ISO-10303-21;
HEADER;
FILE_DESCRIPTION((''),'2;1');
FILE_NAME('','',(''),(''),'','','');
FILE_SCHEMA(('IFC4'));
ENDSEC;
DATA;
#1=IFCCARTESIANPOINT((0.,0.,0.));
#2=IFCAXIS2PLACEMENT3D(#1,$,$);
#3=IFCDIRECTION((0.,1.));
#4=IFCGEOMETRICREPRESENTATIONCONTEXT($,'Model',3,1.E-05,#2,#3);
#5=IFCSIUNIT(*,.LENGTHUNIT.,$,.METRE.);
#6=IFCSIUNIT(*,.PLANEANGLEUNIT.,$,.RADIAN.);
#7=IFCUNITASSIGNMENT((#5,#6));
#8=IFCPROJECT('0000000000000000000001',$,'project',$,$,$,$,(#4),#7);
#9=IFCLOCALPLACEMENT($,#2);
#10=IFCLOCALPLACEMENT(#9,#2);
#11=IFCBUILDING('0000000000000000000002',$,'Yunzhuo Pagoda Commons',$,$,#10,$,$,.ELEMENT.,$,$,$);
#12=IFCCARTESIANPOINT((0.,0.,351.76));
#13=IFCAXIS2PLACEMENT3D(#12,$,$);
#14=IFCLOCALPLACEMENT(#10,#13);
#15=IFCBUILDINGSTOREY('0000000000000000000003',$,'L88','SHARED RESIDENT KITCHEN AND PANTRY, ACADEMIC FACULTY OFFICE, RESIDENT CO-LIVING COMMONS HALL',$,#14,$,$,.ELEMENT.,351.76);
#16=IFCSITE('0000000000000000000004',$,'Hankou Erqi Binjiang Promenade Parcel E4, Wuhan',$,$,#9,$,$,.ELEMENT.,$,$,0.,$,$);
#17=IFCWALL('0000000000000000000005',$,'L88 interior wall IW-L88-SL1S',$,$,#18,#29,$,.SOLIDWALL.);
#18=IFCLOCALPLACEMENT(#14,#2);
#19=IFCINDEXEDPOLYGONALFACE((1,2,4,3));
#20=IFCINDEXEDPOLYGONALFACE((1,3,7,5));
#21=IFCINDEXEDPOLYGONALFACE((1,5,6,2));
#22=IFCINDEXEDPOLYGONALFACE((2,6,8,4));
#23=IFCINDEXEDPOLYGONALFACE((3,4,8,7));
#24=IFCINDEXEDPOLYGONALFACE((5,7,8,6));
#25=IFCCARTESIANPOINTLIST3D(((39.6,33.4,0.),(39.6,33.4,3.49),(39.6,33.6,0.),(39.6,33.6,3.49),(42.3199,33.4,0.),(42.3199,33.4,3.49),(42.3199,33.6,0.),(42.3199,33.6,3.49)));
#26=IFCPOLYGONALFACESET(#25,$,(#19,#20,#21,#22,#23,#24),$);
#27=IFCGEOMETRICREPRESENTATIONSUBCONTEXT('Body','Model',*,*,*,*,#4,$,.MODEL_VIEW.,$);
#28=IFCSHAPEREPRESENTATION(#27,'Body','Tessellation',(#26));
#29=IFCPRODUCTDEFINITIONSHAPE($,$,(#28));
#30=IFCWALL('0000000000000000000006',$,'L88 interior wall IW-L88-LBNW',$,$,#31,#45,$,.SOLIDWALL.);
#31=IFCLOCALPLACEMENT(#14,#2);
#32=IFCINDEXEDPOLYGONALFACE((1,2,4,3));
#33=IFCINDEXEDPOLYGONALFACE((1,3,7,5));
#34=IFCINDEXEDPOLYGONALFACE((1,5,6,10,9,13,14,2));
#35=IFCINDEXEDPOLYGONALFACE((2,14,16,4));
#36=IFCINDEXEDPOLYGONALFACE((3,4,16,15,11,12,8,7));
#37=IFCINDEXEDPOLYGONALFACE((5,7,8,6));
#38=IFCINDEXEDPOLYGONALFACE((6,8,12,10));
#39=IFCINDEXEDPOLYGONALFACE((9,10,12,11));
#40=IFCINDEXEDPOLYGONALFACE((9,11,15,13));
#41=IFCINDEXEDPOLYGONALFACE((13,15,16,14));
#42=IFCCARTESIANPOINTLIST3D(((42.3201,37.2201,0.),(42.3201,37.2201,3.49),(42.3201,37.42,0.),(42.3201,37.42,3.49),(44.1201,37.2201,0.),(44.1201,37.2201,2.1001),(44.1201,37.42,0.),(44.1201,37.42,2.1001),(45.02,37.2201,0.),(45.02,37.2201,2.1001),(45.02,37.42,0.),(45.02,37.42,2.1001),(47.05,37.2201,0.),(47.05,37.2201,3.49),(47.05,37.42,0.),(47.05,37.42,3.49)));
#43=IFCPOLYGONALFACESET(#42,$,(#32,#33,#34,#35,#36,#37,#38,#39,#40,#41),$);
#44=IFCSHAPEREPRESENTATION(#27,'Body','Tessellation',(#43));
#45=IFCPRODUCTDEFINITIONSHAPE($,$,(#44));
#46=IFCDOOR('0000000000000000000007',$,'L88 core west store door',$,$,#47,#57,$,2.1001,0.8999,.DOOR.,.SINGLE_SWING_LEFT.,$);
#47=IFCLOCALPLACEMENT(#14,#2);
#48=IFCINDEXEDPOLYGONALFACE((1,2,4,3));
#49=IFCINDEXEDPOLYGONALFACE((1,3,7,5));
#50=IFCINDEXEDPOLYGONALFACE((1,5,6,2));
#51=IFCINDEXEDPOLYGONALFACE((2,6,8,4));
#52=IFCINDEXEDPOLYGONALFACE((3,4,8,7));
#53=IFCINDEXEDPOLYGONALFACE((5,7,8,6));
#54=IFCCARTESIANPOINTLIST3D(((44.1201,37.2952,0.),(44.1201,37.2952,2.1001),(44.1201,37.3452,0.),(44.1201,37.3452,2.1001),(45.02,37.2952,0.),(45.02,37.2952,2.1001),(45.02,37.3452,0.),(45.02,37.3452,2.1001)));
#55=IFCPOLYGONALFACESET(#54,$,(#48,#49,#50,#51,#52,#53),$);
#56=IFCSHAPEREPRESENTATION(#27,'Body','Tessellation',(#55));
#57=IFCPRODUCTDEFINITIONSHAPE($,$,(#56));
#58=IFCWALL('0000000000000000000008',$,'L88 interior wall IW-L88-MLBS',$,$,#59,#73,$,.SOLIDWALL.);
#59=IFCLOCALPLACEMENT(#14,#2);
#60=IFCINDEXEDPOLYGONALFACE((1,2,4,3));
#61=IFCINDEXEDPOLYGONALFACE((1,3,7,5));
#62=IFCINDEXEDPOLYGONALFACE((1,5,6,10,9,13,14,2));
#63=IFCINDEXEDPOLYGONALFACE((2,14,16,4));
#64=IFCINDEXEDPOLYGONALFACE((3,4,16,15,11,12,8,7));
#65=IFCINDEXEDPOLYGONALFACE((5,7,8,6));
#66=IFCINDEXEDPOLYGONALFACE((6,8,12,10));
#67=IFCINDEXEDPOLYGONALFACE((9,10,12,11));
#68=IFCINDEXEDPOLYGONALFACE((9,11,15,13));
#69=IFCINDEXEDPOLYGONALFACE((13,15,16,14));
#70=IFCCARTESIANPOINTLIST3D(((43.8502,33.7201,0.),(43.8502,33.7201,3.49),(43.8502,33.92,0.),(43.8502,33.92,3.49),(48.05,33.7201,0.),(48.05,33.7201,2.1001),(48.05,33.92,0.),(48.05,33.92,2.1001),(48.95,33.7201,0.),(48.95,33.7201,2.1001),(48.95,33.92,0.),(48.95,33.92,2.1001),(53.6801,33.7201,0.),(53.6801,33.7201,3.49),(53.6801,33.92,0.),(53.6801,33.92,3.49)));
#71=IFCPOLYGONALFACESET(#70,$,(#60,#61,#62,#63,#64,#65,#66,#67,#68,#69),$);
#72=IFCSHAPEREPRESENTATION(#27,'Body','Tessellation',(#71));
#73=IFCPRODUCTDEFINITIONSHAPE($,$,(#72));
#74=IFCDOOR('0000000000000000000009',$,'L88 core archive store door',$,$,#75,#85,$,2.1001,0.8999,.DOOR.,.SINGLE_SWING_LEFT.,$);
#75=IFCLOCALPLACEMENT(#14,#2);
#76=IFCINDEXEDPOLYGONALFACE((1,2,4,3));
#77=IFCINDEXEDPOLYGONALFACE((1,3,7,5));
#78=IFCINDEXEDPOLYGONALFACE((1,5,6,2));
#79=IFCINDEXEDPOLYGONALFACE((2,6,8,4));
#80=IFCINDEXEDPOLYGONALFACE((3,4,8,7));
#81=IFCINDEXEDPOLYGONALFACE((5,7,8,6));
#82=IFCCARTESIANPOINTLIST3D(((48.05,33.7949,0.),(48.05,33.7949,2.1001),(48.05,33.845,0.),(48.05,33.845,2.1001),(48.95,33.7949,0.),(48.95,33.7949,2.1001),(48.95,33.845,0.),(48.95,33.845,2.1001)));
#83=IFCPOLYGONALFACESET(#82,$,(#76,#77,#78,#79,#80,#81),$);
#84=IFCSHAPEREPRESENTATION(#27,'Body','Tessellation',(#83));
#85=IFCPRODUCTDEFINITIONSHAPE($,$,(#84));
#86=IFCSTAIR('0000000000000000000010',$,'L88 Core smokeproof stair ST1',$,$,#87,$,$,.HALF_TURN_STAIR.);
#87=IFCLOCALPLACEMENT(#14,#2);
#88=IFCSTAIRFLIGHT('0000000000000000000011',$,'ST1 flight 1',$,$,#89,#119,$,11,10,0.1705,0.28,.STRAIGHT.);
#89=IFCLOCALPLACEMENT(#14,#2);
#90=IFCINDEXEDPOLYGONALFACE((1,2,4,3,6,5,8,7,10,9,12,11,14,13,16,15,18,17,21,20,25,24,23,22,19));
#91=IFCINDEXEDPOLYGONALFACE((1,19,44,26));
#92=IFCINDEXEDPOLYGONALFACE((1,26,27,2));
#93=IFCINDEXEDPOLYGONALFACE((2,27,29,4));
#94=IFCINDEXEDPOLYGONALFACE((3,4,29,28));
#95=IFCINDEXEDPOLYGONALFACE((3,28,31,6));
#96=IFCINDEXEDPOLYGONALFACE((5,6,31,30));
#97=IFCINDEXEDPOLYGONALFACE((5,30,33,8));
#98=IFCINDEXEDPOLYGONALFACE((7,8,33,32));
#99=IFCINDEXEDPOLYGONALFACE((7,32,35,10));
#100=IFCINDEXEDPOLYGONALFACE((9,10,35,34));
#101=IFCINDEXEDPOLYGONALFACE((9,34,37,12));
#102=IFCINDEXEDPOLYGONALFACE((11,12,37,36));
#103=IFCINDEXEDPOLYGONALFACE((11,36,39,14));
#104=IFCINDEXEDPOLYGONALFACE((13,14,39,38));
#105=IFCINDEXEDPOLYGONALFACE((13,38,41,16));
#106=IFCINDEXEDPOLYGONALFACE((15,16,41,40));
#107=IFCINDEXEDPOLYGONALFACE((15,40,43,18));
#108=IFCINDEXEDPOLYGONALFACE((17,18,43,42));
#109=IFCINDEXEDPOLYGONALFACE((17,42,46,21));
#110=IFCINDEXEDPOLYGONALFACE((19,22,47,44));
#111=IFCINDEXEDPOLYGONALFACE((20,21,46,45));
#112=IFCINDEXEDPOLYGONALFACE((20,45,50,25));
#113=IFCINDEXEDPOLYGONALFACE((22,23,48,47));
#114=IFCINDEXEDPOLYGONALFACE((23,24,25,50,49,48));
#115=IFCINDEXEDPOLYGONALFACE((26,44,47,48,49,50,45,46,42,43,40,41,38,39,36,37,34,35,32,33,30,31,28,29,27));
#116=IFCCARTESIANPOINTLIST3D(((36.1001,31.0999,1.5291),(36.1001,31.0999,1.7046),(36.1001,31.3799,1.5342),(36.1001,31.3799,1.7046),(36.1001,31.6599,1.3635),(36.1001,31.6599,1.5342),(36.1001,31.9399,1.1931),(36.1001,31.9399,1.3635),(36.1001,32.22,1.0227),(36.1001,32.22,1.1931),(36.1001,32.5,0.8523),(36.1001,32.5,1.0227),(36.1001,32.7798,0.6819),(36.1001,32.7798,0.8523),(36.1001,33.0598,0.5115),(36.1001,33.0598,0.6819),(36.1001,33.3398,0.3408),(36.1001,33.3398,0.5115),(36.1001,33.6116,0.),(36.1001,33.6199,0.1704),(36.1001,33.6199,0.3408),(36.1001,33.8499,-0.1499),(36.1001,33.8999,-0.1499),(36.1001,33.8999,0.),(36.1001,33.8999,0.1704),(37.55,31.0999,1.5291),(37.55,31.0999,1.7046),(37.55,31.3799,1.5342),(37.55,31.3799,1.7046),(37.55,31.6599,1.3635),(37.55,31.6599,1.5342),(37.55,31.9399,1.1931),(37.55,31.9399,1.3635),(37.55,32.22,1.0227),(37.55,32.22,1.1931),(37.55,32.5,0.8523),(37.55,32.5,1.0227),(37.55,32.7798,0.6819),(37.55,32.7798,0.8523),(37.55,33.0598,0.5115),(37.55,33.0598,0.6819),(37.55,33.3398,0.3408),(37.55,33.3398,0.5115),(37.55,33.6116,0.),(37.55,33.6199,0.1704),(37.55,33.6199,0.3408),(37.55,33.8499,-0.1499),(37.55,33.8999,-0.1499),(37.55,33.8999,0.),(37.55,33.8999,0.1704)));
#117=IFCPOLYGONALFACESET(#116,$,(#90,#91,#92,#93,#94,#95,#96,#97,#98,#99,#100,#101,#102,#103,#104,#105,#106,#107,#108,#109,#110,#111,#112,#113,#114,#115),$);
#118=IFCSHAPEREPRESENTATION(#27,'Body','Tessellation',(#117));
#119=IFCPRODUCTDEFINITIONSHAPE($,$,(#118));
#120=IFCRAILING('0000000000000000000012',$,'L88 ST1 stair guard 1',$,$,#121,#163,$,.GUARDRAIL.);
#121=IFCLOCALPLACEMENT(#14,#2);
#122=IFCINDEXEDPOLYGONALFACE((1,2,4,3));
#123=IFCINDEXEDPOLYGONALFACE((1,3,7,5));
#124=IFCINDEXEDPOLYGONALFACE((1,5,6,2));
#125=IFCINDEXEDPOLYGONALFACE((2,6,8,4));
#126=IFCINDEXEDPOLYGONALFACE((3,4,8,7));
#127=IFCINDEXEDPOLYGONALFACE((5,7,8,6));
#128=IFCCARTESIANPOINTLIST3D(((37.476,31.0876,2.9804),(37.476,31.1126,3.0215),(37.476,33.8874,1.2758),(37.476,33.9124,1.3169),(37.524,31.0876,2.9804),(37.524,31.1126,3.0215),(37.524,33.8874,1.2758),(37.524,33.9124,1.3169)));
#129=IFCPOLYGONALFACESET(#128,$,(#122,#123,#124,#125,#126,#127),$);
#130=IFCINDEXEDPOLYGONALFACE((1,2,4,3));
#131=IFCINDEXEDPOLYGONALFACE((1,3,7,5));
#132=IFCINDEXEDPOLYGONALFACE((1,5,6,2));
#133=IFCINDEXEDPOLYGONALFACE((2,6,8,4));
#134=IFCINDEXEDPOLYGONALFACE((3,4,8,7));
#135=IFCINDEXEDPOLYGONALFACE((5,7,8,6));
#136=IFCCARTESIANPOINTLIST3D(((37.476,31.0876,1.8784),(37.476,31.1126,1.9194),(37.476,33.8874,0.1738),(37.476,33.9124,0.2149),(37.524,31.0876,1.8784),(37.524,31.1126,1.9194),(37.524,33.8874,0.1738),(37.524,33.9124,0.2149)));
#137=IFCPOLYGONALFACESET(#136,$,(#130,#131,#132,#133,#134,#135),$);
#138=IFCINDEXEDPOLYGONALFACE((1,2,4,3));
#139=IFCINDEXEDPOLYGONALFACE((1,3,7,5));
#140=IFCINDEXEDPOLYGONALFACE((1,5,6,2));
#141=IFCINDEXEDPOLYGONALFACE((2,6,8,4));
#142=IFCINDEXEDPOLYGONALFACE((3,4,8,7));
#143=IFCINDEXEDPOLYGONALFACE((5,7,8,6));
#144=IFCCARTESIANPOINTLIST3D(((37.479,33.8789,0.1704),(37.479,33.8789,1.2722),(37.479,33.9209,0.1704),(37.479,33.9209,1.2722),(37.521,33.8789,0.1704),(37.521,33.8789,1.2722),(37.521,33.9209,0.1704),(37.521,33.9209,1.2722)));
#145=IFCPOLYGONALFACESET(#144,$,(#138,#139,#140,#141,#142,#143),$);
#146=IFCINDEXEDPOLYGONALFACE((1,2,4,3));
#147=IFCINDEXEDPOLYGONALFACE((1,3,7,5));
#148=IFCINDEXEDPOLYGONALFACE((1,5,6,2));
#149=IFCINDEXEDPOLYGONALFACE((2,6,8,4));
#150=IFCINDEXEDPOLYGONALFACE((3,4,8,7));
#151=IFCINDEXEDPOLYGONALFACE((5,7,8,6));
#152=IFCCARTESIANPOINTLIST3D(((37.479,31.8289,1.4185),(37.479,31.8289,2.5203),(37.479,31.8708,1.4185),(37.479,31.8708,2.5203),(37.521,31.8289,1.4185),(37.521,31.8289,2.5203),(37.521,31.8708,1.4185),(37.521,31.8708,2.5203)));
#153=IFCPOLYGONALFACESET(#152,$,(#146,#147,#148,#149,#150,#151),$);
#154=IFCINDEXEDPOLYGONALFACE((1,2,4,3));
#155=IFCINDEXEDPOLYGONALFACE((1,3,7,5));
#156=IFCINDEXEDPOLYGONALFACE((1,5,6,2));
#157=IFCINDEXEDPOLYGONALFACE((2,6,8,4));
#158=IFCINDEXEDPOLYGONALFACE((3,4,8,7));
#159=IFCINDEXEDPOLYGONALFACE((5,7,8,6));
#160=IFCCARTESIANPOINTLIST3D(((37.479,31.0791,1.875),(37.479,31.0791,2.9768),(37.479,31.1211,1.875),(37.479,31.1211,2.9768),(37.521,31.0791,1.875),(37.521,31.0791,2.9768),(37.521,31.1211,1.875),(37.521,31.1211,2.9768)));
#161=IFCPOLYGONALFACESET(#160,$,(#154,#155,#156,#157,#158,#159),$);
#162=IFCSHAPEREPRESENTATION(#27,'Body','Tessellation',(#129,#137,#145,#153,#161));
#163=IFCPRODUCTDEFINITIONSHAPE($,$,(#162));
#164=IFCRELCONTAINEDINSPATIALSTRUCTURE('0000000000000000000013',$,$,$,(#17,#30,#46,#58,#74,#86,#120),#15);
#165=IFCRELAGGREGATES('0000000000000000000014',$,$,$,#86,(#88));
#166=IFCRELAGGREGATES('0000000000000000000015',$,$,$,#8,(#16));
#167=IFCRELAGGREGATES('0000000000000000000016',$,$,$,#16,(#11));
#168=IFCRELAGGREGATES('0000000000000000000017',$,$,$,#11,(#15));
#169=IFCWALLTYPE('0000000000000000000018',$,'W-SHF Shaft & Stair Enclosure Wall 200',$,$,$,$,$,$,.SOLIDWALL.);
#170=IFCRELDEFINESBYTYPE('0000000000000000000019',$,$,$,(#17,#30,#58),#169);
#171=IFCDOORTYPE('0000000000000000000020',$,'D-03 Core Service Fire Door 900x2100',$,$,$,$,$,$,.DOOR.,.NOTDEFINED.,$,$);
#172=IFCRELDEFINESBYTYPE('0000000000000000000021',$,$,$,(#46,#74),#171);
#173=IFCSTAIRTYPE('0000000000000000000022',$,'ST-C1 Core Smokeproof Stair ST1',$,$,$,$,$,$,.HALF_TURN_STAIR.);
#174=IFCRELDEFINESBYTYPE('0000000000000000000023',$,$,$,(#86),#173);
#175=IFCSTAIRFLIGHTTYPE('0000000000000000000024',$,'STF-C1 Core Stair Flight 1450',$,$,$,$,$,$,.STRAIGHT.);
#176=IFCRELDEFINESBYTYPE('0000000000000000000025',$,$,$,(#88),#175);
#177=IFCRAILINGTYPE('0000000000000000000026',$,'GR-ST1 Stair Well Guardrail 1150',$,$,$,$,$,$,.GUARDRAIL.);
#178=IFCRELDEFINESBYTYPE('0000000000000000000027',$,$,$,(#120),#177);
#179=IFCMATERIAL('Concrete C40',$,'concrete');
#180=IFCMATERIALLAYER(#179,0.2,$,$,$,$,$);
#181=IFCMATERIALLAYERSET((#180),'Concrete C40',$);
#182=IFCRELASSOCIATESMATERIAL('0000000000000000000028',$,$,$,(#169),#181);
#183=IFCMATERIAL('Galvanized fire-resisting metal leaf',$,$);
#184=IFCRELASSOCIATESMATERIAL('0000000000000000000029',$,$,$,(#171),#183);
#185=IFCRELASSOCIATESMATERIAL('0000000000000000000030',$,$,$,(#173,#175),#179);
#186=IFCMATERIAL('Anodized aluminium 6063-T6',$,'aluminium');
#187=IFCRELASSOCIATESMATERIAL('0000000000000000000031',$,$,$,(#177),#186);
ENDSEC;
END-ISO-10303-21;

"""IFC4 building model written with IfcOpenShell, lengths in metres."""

from ifc_helpers import new_model, si_unit, direction, frame, frame_2d, origin, origin_with_axes, origin_2d, place, context, subcontext, project, spatial, polyline, rectangle, outline, extrude, source, transform, mapped, material, layer, layer_set, type_object, element, fill, aggregate, save


model = new_model("IFC4")

# Units and contexts
model_context = context("Model", 3, precision=1e-05, world=origin(), true_north=direction((0.0, 1.0)))
body_context = subcontext(model_context, "Body", "Model", "MODEL_VIEW")
ifc_project = project(units=[si_unit("LENGTHUNIT", "METRE"), si_unit("PLANEANGLEUNIT", "RADIAN")], contexts=[model_context])

# Site, building, storey
site_placement = place(None, origin())
site = spatial("IfcSite", under=ifc_project, at=site_placement, Name="Hankou Erqi Binjiang Promenade Parcel E4, Wuhan", CompositionType="ELEMENT", RefElevation=0.0)
building_placement = place(site_placement, origin())
building = spatial("IfcBuilding", under=site, at=building_placement, Name="Yunzhuo Pagoda Commons", CompositionType="ELEMENT")
storey_placement = place(building_placement, frame((0.0, 0.0, 351.76)))
storey = spatial("IfcBuildingStorey", under=building, at=storey_placement, Name="L88", Description="SHARED RESIDENT KITCHEN AND PANTRY, ACADEMIC FACULTY OFFICE, RESIDENT CO-LIVING COMMONS HALL", CompositionType="ELEMENT", Elevation=351.76)

# Shared definitions
ifc_material_1 = material(Name="Galvanized fire-resisting metal leaf")

# Shared definitions
ifc_material_2 = material(Name="Concrete C40", Category="concrete")
ifc_layer_1 = layer(ifc_material_2, 0.2)
ifc_layer_set_1 = layer_set([ifc_layer_1], Name="Concrete C40")
wall_type_1 = type_object("IfcWallType", Name="W-SHF Shaft & Stair Enclosure Wall 200", PredefinedType="SOLIDWALL", material=ifc_layer_set_1)

# Wall
for number, where, z_axis, x_axis, name in (
    (1, (39.6001, 33.5, 0.0), (0.0, 0.0, 1.0), (1.0, 0.0, 0.0), "L88 interior wall IW-L88-SL1S"),
):
    element("IfcWall", number, at=place(storey_placement, frame(where, z_axis=z_axis, x_axis=x_axis)), inside=storey, type_object=wall_type_1, Name=name, PredefinedType="SOLIDWALL", context=body_context, shape_type="SweptSolid", body=[
        extrude(rectangle(XDim=2.72, YDim=0.2, at=frame_2d((1.3599, 0.0))), origin(), (0.0, 0.0, 1.0), 3.49),
    ])

# Walls, openings, doors
wall_1_placement = place(storey_placement, frame((42.3201, 37.3201, 0.0), z_axis=(0.0, 0.0, 1.0), x_axis=(1.0, 0.0, 0.0)))
wall_1 = element("IfcWall", 2, at=wall_1_placement, inside=storey, type_object=wall_type_1, Name="L88 interior wall IW-L88-LBNW", PredefinedType="SOLIDWALL", context=body_context, shape_type="SweptSolid", body=[
    extrude(rectangle(XDim=4.73, YDim=0.2, at=frame_2d((2.365, 0.0))), origin(), (0.0, 0.0, 1.0), 3.49),
])
opening_1_placement = place(wall_1_placement, frame((1.8, 0.0, 0.0)))
opening_1 = element("IfcOpeningElement", 3, at=opening_1_placement, cuts=wall_1, PredefinedType="OPENING", context=body_context, shape_type="SweptSolid", body=[
    extrude(rectangle(XDim=0.8999, YDim=2.1001, at=frame_2d((0.45, 1.05))), frame((0.0, 0.1099, 0.0), z_axis=(0.0, -1.0, 0.0), x_axis=(1.0, 0.0, 0.0)), (0.0, 0.0, 1.0), 0.22),
])
door_type_1 = type_object("IfcDoorType", Name="D-03 Core Service Fire Door 900x2100", OperationType="NOTDEFINED", PredefinedType="DOOR", material=ifc_material_1)
shared_shape_1 = source(origin(), body_context, "Body", "SweptSolid", [
    extrude(rectangle(XDim=0.8999, YDim=2.1001, at=frame_2d((0.45, 1.05))), frame((0.0, 0.0249, 0.0), z_axis=(0.0, -1.0, 0.0), x_axis=(1.0, 0.0, 0.0)), (0.0, 0.0, 1.0), 0.05),
])
door_1_placement = place(opening_1_placement, frame((0.8999, 0.0, 0.0), z_axis=(0.0, 0.0, 1.0), x_axis=(-1.0, 0.0, 0.0)))
door_1 = element("IfcDoor", 4, at=door_1_placement, inside=storey, type_object=door_type_1, Name="L88 core west store door", OperationType="SINGLE_SWING_LEFT", OverallHeight=2.1001, OverallWidth=0.8999, PredefinedType="DOOR", context=body_context, shape_type="MappedRepresentation", body=[
    mapped(shared_shape_1, transform((0.0, 0.0, 0.0), scale=1.0)),
])
fill(opening_1, door_1)
wall_2_placement = place(storey_placement, frame((43.8501, 33.8201, 0.0), z_axis=(0.0, 0.0, 1.0), x_axis=(1.0, 0.0, 0.0)))
wall_2 = element("IfcWall", 5, at=wall_2_placement, inside=storey, type_object=wall_type_1, Name="L88 interior wall IW-L88-MLBS", PredefinedType="SOLIDWALL", context=body_context, shape_type="SweptSolid", body=[
    extrude(rectangle(XDim=9.8298, YDim=0.2, at=frame_2d((4.915, 0.0))), origin(), (0.0, 0.0, 1.0), 3.49),
])
opening_2_placement = place(wall_2_placement, frame((4.2, 0.0, 0.0)))
opening_2 = element("IfcOpeningElement", 6, at=opening_2_placement, cuts=wall_2, PredefinedType="OPENING", context=body_context, shape_type="SweptSolid", body=[
    extrude(rectangle(XDim=0.8999, YDim=2.1001, at=frame_2d((0.45, 1.05))), frame((0.0, 0.1099, 0.0), z_axis=(0.0, -1.0, 0.0), x_axis=(1.0, 0.0, 0.0)), (0.0, 0.0, 1.0), 0.22),
])
door_2_placement = place(opening_2_placement, origin_with_axes())
door_2 = element("IfcDoor", 7, at=door_2_placement, inside=storey, type_object=door_type_1, Name="L88 core archive store door", OperationType="SINGLE_SWING_LEFT", OverallHeight=2.1001, OverallWidth=0.8999, PredefinedType="DOOR", context=body_context, shape_type="MappedRepresentation", body=[
    mapped(shared_shape_1, transform((0.0, 0.0, 0.0), scale=1.0)),
])
fill(opening_2, door_2)

# Stair, stair flight
stair_type = type_object("IfcStairType", Name="ST-C1 Core Smokeproof Stair ST1", PredefinedType="HALF_TURN_STAIR", material=ifc_material_2)
stair_placement = place(storey_placement, origin())
stair = element("IfcStair", 8, at=stair_placement, inside=storey, type_object=stair_type, Name="L88 Core smokeproof stair ST1", PredefinedType="HALF_TURN_STAIR")
stair_flight_type = type_object("IfcStairFlightType", Name="STF-C1 Core Stair Flight 1450", PredefinedType="STRAIGHT", material=ifc_material_2)
shared_shape_2 = source(origin(), body_context, "Body", "SweptSolid", [
    extrude(outline(polyline([(0.0, -0.1499), (0.0, 0.0), (0.0, 0.1704), (0.28, 0.1704), (0.28, 0.3408), (0.5601, 0.3408), (0.5601, 0.5115), (0.8401, 0.5115), (0.8401, 0.6819), (1.1201, 0.6819), (1.1201, 0.8523), (1.3999, 0.8523), (1.3999, 1.0227), (1.6799, 1.0227), (1.6799, 1.1931), (1.96, 1.1931), (1.96, 1.3635), (2.24, 1.3635), (2.24, 1.5342), (2.52, 1.5342), (2.52, 1.7046), (2.8, 1.7046), (2.8, 1.875), (2.8, 1.5291), (0.2883, 0.0), (0.05, -0.1499), (0.0, -0.1499)])), frame((0.0, 0.7251, 0.0), z_axis=(0.0, -1.0, 0.0), x_axis=(1.0, 0.0, 0.0)), (0.0, 0.0, 1.0), 1.45),
])
stair_flight_placement = place(storey_placement, frame((36.825, 33.8999, 0.0), z_axis=(0.0, 0.0, 1.0), x_axis=(0.0, -1.0, 0.0)))
stair_flight = element("IfcStairFlight", 9, at=stair_flight_placement, type_object=stair_flight_type, Name="ST1 flight 1", NumberOfRisers=11, NumberOfTreads=10, PredefinedType="STRAIGHT", RiserHeight=0.1705, TreadLength=0.28, context=body_context, shape_type="MappedRepresentation", body=[
    mapped(shared_shape_2, transform((0.0, 0.0, 0.0), scale=1.0)),
])
aggregate(stair, [stair_flight])

# Railing
ifc_material_3 = material(Name="Anodized aluminium 6063-T6", Category="aluminium")
railing_type_1 = type_object("IfcRailingType", Name="GR-ST1 Stair Well Guardrail 1150", PredefinedType="GUARDRAIL", material=ifc_material_3)
railing_1_placement = place(storey_placement, frame((37.5, 33.8999, 0.1704)))
element("IfcRailing", 10, at=railing_1_placement, inside=storey, type_object=railing_type_1, Name="L88 ST1 stair guard 1", PredefinedType="GUARDRAIL", context=body_context, shape_type="SweptSolid", body=[
    extrude(rectangle(XDim=0.0481, YDim=0.0481, at=origin_2d()), frame((0.0, 0.0, 1.126), z_axis=(0.0, -0.85415, 0.520027), x_axis=(1.0, 0.0, 0.0)), (0.0, 0.0, 1.0), 3.2778),
    extrude(rectangle(XDim=0.0481, YDim=0.0481, at=origin_2d()), frame((0.0, 0.0, 0.0239), z_axis=(0.0, -0.85415, 0.520027), x_axis=(1.0, 0.0, 0.0)), (0.0, 0.0, 1.0), 3.2778),
    extrude(rectangle(XDim=0.042, YDim=0.042, at=origin_2d()), origin(), (0.0, 0.0, 1.0), 1.1018),
    extrude(rectangle(XDim=0.042, YDim=0.042, at=origin_2d()), frame((0.0, -2.05, 1.248)), (0.0, 0.0, 1.0), 1.1018),
    extrude(rectangle(XDim=0.042, YDim=0.042, at=origin_2d()), frame((0.0, -2.7998, 1.7046)), (0.0, 0.0, 1.0), 1.1018),
])

save(model, "model.ifc")
